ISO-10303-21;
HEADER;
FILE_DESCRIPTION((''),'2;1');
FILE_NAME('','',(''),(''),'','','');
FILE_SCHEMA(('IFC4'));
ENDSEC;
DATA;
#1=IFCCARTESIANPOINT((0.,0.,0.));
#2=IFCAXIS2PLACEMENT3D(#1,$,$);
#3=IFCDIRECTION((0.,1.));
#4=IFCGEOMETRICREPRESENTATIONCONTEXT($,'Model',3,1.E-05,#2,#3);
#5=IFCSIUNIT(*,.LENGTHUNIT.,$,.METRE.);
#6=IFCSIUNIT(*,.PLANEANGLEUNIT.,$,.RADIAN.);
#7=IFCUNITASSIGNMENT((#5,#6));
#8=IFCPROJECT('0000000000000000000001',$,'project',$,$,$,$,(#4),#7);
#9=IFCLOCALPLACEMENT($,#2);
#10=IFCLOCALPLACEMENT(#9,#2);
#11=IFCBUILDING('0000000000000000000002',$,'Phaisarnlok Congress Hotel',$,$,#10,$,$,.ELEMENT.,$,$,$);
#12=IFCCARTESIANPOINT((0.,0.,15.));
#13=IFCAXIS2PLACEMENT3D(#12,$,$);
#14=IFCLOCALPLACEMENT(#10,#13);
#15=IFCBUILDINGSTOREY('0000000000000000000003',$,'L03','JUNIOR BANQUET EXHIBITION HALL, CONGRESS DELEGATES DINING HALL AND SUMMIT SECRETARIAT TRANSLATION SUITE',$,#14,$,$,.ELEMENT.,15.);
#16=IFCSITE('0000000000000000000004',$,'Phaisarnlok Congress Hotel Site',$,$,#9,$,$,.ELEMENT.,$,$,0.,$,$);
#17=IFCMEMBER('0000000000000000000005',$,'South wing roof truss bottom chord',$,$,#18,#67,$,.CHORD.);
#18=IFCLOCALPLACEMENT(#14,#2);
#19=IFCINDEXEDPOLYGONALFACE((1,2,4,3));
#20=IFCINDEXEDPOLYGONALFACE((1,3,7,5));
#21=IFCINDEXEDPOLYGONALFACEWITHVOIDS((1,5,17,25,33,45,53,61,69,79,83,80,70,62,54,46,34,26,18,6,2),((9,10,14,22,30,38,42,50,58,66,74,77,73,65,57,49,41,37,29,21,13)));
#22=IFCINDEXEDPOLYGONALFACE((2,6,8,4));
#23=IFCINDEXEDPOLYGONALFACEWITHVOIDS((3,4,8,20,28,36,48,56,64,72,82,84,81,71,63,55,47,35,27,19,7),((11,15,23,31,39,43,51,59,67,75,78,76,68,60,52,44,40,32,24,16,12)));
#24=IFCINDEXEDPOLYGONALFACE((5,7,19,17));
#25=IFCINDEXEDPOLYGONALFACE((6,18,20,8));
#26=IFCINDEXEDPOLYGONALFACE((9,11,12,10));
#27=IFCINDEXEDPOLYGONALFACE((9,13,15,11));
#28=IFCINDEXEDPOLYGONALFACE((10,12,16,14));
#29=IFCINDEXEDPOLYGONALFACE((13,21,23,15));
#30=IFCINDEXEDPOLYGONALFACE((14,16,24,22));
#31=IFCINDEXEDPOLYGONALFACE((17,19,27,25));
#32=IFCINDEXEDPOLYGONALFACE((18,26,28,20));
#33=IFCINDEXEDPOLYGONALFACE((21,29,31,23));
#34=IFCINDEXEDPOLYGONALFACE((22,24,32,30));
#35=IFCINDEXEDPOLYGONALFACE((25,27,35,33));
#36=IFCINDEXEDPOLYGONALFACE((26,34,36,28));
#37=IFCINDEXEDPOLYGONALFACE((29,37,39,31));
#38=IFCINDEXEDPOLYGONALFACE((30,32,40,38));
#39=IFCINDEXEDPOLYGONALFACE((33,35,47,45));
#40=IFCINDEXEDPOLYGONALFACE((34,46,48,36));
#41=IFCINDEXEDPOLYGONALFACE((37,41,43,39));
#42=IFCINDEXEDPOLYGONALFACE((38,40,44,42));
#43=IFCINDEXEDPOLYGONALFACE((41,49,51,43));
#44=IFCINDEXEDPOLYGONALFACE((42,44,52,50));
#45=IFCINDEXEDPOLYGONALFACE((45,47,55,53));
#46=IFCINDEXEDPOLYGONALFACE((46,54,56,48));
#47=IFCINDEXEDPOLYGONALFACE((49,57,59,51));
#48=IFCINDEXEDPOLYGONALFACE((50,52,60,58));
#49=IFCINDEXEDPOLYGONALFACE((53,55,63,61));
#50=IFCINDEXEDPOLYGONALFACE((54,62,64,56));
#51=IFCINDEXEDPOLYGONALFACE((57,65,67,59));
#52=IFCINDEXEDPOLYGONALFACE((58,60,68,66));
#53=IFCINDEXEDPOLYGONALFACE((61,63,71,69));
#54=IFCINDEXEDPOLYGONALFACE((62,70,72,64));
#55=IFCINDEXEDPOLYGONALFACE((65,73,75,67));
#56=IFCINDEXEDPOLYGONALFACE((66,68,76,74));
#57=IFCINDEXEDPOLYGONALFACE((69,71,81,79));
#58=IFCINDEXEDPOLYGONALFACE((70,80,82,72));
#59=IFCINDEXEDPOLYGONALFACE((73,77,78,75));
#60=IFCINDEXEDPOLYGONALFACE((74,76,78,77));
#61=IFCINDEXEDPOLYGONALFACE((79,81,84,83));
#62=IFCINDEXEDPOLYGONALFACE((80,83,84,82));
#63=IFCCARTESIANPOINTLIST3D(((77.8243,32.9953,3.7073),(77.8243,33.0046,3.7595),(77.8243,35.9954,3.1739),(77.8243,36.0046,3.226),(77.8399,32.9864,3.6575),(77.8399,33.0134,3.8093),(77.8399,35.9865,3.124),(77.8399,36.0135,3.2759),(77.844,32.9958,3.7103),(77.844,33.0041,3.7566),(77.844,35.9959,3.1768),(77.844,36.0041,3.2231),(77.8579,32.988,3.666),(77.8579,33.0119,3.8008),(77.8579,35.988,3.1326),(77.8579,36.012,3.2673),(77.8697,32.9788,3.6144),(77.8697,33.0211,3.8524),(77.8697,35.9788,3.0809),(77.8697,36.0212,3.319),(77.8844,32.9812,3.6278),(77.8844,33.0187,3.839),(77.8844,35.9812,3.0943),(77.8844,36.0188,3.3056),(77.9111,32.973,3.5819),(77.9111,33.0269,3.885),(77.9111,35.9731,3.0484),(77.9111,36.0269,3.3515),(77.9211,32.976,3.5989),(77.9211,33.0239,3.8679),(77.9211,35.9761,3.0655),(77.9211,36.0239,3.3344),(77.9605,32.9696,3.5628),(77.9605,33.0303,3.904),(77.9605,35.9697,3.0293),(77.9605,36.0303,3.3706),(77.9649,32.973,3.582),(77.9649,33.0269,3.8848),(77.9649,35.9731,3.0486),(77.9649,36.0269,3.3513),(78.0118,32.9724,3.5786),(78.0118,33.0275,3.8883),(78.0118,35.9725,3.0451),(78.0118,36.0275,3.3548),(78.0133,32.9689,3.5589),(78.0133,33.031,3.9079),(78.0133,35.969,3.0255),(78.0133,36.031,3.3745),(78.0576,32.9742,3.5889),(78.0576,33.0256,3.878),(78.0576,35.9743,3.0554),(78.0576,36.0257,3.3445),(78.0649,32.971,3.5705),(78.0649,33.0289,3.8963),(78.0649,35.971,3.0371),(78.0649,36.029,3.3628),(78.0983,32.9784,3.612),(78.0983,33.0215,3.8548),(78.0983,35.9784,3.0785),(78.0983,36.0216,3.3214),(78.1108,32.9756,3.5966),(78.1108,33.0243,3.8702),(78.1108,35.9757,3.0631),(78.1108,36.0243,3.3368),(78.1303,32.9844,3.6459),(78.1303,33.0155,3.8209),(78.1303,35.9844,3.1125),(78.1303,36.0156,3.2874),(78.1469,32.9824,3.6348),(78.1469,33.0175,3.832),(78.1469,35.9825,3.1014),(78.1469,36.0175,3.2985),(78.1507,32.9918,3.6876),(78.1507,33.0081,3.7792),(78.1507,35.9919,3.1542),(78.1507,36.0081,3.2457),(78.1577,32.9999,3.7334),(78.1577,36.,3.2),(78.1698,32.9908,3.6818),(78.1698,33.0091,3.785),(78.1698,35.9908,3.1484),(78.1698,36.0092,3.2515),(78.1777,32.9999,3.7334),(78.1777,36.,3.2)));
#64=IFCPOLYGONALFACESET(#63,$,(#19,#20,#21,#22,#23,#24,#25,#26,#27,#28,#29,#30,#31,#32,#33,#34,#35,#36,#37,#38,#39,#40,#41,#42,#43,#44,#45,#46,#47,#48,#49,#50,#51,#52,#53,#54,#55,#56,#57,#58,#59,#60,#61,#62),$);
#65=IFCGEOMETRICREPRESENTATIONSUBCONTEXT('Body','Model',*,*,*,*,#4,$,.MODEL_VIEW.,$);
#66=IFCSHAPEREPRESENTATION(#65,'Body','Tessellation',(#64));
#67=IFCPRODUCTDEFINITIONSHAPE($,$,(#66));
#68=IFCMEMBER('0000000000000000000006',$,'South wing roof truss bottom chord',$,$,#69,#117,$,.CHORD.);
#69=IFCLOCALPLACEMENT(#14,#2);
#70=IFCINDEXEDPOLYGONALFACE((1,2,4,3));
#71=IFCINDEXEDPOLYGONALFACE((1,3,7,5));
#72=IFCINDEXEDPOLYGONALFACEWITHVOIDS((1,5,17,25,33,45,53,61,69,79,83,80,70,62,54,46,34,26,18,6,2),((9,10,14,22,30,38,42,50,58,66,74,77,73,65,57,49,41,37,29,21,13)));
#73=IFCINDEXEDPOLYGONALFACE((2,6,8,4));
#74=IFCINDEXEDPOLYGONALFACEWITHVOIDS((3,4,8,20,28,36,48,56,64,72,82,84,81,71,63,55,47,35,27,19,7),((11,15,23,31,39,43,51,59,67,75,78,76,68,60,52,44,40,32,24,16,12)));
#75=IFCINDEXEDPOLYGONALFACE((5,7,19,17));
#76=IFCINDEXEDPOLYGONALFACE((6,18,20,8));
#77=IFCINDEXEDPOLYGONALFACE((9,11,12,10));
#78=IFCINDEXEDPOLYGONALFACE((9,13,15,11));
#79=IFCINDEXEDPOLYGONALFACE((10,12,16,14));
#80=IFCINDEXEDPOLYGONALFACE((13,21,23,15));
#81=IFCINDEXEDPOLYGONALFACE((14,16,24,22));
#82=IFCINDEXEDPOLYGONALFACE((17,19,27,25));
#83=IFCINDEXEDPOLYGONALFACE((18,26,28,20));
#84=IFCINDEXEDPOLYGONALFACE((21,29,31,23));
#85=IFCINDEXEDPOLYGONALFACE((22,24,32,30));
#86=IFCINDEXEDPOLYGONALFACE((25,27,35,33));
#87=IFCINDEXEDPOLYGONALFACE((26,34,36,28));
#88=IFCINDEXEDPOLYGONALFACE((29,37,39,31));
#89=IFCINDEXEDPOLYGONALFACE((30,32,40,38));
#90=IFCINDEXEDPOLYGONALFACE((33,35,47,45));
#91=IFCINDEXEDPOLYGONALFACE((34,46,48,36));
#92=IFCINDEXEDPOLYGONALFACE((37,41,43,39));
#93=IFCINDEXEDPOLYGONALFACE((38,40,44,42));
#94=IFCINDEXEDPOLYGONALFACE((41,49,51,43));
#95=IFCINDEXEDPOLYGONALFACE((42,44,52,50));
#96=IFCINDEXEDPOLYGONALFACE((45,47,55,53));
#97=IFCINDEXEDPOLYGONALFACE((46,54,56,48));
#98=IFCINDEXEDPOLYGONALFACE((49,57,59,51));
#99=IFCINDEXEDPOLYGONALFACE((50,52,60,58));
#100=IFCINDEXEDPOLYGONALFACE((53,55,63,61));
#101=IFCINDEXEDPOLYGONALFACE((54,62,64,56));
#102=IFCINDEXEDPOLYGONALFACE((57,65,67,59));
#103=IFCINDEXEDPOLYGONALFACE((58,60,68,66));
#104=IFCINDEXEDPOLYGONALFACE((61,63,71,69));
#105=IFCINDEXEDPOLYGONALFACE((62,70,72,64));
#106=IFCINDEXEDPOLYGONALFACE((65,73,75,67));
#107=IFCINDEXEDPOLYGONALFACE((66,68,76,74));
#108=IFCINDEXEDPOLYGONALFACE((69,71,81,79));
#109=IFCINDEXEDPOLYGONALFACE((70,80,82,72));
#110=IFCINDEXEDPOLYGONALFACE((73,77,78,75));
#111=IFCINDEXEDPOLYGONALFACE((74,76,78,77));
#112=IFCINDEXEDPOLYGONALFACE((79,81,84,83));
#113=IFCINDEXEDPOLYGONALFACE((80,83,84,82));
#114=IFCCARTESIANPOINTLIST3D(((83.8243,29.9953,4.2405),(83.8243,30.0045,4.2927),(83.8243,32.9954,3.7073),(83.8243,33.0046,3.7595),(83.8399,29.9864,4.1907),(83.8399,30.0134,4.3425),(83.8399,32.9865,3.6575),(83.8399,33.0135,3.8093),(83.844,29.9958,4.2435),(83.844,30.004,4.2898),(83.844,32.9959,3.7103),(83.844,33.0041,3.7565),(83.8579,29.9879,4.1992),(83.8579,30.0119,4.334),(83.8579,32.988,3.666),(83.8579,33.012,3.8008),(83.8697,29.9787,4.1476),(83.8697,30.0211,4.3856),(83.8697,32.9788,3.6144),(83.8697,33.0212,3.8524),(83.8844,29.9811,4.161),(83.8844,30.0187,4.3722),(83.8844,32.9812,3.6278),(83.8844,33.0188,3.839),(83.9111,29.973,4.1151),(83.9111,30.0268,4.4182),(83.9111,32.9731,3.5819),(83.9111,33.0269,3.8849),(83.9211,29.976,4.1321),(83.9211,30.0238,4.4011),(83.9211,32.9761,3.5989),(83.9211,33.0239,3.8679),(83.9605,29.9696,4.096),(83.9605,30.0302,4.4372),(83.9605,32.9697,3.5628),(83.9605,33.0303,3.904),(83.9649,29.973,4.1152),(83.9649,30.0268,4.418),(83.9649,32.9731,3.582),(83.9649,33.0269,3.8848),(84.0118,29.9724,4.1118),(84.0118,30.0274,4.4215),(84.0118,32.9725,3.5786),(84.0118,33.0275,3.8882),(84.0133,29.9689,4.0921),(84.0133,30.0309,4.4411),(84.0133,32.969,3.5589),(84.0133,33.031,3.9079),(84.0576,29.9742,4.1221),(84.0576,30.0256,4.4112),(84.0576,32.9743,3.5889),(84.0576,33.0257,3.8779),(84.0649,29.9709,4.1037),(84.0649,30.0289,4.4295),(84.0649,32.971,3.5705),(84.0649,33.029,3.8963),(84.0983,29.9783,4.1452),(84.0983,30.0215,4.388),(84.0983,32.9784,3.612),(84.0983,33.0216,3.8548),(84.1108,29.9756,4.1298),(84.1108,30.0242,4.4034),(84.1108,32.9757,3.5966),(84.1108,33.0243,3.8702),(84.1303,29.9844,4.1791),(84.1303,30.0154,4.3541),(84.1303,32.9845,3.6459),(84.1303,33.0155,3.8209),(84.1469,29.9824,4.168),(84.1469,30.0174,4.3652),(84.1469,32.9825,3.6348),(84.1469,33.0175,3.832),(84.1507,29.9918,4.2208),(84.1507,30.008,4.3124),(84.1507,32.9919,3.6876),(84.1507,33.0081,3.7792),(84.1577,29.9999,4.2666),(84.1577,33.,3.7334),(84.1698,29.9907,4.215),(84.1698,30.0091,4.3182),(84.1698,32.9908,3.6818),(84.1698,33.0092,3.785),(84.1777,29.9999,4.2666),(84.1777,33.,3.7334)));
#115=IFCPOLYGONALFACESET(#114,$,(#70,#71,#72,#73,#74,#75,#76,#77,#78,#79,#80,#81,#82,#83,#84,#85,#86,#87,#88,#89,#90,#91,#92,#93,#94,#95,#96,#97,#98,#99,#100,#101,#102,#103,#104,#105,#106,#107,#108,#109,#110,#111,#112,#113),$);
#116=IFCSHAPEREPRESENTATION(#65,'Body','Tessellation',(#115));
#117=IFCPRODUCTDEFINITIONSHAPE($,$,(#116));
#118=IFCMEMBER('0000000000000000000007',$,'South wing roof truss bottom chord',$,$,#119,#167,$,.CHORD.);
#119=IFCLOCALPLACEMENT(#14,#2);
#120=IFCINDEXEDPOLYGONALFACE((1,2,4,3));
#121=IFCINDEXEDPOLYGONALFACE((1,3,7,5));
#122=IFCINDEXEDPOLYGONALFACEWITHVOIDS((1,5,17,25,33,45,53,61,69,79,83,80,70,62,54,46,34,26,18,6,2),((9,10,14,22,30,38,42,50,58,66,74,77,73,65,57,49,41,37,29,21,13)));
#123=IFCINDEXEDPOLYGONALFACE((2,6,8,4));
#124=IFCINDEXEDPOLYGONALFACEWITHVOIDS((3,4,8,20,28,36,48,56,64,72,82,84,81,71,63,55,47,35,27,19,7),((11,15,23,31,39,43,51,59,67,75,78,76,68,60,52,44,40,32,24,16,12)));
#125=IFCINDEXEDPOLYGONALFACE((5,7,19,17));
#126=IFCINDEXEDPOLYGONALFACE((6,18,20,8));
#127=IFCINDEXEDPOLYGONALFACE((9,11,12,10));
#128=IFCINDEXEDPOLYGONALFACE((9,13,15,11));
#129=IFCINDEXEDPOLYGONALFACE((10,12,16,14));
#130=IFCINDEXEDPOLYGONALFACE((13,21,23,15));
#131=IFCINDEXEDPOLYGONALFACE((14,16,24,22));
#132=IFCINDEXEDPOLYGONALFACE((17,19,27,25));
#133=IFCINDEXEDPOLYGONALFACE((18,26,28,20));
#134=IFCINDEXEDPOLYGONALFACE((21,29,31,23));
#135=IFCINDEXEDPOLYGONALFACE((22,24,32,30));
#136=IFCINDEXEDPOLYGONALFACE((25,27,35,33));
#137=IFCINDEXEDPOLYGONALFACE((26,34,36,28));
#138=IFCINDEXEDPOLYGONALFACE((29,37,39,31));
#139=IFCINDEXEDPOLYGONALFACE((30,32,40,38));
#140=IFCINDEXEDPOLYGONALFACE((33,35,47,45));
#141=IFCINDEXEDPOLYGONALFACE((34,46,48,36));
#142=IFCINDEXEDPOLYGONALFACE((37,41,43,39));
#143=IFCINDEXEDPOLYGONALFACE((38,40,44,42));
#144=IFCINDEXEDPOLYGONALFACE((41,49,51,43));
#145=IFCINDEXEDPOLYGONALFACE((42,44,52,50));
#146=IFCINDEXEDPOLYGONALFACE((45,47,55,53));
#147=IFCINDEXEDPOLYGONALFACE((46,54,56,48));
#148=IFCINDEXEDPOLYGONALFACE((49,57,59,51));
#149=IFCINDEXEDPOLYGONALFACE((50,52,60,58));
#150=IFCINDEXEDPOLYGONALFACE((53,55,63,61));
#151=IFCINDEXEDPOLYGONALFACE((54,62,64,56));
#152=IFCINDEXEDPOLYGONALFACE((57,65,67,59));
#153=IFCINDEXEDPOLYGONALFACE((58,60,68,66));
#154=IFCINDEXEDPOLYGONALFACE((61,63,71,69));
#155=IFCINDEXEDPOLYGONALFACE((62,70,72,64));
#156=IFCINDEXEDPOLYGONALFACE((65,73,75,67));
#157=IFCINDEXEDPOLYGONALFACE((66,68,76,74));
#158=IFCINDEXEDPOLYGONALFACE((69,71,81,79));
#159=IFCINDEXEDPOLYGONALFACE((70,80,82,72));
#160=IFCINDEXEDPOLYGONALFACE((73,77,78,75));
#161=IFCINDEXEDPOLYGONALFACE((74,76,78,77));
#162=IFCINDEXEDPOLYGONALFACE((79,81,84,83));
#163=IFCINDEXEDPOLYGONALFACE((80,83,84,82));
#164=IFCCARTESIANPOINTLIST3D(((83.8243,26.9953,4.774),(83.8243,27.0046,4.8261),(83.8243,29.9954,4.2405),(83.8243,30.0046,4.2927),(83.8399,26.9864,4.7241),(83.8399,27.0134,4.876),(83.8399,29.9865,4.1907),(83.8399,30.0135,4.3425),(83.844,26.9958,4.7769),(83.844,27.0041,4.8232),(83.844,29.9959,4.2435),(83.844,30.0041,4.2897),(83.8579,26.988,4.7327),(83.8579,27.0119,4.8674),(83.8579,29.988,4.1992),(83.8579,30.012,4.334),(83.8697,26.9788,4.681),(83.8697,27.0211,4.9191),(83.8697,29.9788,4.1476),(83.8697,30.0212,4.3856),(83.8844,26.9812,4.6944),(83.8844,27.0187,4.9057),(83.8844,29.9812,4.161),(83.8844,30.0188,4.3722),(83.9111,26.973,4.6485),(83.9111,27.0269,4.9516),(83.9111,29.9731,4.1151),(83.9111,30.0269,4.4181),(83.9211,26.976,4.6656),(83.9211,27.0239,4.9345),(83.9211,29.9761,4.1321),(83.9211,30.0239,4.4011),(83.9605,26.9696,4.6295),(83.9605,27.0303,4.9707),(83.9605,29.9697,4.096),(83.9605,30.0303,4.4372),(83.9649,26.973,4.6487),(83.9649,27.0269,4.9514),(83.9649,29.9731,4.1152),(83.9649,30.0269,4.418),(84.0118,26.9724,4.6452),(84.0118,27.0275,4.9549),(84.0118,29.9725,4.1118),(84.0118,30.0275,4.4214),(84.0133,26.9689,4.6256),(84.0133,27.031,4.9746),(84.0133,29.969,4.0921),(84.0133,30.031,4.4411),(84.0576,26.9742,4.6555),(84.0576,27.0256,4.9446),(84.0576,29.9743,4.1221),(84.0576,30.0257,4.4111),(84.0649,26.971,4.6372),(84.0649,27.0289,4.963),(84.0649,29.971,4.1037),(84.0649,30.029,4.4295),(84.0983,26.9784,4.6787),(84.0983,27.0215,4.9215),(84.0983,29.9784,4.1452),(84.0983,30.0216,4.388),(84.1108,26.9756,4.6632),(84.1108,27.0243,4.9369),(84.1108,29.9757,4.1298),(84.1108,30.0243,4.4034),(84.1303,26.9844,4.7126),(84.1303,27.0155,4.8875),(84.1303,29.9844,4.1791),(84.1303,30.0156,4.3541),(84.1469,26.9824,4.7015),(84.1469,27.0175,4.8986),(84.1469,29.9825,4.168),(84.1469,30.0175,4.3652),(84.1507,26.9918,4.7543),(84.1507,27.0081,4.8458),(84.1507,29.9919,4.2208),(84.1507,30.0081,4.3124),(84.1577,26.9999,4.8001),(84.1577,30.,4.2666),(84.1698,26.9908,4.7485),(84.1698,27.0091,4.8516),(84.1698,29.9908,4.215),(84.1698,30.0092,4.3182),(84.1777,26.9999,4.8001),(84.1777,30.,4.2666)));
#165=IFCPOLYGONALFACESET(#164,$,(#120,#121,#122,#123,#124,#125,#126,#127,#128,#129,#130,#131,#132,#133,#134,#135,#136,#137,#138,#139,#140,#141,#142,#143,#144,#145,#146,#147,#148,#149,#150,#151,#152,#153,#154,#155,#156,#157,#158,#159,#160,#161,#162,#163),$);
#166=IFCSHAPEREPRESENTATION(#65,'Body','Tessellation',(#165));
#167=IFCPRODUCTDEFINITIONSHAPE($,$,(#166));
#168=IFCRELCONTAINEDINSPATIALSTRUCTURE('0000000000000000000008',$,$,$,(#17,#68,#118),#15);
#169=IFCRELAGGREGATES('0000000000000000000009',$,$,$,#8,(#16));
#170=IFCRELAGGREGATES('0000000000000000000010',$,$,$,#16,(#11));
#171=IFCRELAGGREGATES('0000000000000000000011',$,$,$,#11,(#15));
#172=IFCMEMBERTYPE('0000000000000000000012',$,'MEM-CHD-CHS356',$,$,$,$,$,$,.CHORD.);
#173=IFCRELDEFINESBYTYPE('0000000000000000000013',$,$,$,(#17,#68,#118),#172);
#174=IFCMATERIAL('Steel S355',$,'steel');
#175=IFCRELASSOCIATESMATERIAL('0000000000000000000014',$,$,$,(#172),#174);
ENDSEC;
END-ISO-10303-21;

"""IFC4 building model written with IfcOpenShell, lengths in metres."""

from ifc_helpers import new_model, si_unit, direction, frame, origin, origin_2d, place, context, subcontext, project, spatial, hollow_circle, extrude, material, material_profile, profile_set, type_object, element, save


model = new_model("IFC4")

# Units and contexts
model_context = context("Model", 3, precision=1e-05, world=origin(), true_north=direction((0.0, 1.0)))
body_context = subcontext(model_context, "Body", "Model", "MODEL_VIEW")
ifc_project = project(units=[si_unit("LENGTHUNIT", "METRE"), si_unit("PLANEANGLEUNIT", "RADIAN")], contexts=[model_context])

# Site, building, storey
site_placement = place(None, origin())
site = spatial("IfcSite", under=ifc_project, at=site_placement, Name="Phaisarnlok Congress Hotel Site", CompositionType="ELEMENT", RefElevation=0.0)
building_placement = place(site_placement, origin())
building = spatial("IfcBuilding", under=site, at=building_placement, Name="Phaisarnlok Congress Hotel", CompositionType="ELEMENT")
storey_placement = place(building_placement, frame((0.0, 0.0, 15.0)))
storey = spatial("IfcBuildingStorey", under=building, at=storey_placement, Name="L03", Description="JUNIOR BANQUET EXHIBITION HALL, CONGRESS DELEGATES DINING HALL AND SUMMIT SECRETARIAT TRANSLATION SUITE", CompositionType="ELEMENT", Elevation=15.0)

# Shared definitions
ifc_material_1 = material(Name="Steel S355", Category="steel")

# Members
ifc_material_profile_1 = material_profile(ifc_material_1, hollow_circle(Radius=0.1777, WallThickness=0.02, at=origin_2d()), Name="CHS 355.6x20")
ifc_profile_set_1 = profile_set([ifc_material_profile_1], Name="Steel S355")
member_type_1 = type_object("IfcMemberType", Name="MEM-CHD-CHS356", PredefinedType="CHORD", material=ifc_profile_set_1)
for number, where, z_axis, x_axis, name in (
    (1, (78.0, 36.0, 3.2), (0.0, -0.984556, 0.17507), (1.0, 0.0, 0.0), "South wing roof truss bottom chord"),
    (2, (84.0, 33.0, 3.7334), (0.0, -0.98457, 0.174992), (1.0, 0.0, 0.0), "South wing roof truss bottom chord"),
    (3, (84.0, 30.0, 4.2666), (0.0, -0.984556, 0.17507), (1.0, 0.0, 0.0), "South wing roof truss bottom chord"),
):
    element("IfcMember", number, at=place(storey_placement, frame(where, z_axis=z_axis, x_axis=x_axis)), inside=storey, type_object=member_type_1, Name=name, PredefinedType="CHORD", context=body_context, shape_type="SweptSolid", body=[
        extrude(hollow_circle(Radius=0.1777, WallThickness=0.02, at=origin_2d()), origin(), (0.0, 0.0, 1.0), 3.0471),
    ])

save(model, "model.ifc")
